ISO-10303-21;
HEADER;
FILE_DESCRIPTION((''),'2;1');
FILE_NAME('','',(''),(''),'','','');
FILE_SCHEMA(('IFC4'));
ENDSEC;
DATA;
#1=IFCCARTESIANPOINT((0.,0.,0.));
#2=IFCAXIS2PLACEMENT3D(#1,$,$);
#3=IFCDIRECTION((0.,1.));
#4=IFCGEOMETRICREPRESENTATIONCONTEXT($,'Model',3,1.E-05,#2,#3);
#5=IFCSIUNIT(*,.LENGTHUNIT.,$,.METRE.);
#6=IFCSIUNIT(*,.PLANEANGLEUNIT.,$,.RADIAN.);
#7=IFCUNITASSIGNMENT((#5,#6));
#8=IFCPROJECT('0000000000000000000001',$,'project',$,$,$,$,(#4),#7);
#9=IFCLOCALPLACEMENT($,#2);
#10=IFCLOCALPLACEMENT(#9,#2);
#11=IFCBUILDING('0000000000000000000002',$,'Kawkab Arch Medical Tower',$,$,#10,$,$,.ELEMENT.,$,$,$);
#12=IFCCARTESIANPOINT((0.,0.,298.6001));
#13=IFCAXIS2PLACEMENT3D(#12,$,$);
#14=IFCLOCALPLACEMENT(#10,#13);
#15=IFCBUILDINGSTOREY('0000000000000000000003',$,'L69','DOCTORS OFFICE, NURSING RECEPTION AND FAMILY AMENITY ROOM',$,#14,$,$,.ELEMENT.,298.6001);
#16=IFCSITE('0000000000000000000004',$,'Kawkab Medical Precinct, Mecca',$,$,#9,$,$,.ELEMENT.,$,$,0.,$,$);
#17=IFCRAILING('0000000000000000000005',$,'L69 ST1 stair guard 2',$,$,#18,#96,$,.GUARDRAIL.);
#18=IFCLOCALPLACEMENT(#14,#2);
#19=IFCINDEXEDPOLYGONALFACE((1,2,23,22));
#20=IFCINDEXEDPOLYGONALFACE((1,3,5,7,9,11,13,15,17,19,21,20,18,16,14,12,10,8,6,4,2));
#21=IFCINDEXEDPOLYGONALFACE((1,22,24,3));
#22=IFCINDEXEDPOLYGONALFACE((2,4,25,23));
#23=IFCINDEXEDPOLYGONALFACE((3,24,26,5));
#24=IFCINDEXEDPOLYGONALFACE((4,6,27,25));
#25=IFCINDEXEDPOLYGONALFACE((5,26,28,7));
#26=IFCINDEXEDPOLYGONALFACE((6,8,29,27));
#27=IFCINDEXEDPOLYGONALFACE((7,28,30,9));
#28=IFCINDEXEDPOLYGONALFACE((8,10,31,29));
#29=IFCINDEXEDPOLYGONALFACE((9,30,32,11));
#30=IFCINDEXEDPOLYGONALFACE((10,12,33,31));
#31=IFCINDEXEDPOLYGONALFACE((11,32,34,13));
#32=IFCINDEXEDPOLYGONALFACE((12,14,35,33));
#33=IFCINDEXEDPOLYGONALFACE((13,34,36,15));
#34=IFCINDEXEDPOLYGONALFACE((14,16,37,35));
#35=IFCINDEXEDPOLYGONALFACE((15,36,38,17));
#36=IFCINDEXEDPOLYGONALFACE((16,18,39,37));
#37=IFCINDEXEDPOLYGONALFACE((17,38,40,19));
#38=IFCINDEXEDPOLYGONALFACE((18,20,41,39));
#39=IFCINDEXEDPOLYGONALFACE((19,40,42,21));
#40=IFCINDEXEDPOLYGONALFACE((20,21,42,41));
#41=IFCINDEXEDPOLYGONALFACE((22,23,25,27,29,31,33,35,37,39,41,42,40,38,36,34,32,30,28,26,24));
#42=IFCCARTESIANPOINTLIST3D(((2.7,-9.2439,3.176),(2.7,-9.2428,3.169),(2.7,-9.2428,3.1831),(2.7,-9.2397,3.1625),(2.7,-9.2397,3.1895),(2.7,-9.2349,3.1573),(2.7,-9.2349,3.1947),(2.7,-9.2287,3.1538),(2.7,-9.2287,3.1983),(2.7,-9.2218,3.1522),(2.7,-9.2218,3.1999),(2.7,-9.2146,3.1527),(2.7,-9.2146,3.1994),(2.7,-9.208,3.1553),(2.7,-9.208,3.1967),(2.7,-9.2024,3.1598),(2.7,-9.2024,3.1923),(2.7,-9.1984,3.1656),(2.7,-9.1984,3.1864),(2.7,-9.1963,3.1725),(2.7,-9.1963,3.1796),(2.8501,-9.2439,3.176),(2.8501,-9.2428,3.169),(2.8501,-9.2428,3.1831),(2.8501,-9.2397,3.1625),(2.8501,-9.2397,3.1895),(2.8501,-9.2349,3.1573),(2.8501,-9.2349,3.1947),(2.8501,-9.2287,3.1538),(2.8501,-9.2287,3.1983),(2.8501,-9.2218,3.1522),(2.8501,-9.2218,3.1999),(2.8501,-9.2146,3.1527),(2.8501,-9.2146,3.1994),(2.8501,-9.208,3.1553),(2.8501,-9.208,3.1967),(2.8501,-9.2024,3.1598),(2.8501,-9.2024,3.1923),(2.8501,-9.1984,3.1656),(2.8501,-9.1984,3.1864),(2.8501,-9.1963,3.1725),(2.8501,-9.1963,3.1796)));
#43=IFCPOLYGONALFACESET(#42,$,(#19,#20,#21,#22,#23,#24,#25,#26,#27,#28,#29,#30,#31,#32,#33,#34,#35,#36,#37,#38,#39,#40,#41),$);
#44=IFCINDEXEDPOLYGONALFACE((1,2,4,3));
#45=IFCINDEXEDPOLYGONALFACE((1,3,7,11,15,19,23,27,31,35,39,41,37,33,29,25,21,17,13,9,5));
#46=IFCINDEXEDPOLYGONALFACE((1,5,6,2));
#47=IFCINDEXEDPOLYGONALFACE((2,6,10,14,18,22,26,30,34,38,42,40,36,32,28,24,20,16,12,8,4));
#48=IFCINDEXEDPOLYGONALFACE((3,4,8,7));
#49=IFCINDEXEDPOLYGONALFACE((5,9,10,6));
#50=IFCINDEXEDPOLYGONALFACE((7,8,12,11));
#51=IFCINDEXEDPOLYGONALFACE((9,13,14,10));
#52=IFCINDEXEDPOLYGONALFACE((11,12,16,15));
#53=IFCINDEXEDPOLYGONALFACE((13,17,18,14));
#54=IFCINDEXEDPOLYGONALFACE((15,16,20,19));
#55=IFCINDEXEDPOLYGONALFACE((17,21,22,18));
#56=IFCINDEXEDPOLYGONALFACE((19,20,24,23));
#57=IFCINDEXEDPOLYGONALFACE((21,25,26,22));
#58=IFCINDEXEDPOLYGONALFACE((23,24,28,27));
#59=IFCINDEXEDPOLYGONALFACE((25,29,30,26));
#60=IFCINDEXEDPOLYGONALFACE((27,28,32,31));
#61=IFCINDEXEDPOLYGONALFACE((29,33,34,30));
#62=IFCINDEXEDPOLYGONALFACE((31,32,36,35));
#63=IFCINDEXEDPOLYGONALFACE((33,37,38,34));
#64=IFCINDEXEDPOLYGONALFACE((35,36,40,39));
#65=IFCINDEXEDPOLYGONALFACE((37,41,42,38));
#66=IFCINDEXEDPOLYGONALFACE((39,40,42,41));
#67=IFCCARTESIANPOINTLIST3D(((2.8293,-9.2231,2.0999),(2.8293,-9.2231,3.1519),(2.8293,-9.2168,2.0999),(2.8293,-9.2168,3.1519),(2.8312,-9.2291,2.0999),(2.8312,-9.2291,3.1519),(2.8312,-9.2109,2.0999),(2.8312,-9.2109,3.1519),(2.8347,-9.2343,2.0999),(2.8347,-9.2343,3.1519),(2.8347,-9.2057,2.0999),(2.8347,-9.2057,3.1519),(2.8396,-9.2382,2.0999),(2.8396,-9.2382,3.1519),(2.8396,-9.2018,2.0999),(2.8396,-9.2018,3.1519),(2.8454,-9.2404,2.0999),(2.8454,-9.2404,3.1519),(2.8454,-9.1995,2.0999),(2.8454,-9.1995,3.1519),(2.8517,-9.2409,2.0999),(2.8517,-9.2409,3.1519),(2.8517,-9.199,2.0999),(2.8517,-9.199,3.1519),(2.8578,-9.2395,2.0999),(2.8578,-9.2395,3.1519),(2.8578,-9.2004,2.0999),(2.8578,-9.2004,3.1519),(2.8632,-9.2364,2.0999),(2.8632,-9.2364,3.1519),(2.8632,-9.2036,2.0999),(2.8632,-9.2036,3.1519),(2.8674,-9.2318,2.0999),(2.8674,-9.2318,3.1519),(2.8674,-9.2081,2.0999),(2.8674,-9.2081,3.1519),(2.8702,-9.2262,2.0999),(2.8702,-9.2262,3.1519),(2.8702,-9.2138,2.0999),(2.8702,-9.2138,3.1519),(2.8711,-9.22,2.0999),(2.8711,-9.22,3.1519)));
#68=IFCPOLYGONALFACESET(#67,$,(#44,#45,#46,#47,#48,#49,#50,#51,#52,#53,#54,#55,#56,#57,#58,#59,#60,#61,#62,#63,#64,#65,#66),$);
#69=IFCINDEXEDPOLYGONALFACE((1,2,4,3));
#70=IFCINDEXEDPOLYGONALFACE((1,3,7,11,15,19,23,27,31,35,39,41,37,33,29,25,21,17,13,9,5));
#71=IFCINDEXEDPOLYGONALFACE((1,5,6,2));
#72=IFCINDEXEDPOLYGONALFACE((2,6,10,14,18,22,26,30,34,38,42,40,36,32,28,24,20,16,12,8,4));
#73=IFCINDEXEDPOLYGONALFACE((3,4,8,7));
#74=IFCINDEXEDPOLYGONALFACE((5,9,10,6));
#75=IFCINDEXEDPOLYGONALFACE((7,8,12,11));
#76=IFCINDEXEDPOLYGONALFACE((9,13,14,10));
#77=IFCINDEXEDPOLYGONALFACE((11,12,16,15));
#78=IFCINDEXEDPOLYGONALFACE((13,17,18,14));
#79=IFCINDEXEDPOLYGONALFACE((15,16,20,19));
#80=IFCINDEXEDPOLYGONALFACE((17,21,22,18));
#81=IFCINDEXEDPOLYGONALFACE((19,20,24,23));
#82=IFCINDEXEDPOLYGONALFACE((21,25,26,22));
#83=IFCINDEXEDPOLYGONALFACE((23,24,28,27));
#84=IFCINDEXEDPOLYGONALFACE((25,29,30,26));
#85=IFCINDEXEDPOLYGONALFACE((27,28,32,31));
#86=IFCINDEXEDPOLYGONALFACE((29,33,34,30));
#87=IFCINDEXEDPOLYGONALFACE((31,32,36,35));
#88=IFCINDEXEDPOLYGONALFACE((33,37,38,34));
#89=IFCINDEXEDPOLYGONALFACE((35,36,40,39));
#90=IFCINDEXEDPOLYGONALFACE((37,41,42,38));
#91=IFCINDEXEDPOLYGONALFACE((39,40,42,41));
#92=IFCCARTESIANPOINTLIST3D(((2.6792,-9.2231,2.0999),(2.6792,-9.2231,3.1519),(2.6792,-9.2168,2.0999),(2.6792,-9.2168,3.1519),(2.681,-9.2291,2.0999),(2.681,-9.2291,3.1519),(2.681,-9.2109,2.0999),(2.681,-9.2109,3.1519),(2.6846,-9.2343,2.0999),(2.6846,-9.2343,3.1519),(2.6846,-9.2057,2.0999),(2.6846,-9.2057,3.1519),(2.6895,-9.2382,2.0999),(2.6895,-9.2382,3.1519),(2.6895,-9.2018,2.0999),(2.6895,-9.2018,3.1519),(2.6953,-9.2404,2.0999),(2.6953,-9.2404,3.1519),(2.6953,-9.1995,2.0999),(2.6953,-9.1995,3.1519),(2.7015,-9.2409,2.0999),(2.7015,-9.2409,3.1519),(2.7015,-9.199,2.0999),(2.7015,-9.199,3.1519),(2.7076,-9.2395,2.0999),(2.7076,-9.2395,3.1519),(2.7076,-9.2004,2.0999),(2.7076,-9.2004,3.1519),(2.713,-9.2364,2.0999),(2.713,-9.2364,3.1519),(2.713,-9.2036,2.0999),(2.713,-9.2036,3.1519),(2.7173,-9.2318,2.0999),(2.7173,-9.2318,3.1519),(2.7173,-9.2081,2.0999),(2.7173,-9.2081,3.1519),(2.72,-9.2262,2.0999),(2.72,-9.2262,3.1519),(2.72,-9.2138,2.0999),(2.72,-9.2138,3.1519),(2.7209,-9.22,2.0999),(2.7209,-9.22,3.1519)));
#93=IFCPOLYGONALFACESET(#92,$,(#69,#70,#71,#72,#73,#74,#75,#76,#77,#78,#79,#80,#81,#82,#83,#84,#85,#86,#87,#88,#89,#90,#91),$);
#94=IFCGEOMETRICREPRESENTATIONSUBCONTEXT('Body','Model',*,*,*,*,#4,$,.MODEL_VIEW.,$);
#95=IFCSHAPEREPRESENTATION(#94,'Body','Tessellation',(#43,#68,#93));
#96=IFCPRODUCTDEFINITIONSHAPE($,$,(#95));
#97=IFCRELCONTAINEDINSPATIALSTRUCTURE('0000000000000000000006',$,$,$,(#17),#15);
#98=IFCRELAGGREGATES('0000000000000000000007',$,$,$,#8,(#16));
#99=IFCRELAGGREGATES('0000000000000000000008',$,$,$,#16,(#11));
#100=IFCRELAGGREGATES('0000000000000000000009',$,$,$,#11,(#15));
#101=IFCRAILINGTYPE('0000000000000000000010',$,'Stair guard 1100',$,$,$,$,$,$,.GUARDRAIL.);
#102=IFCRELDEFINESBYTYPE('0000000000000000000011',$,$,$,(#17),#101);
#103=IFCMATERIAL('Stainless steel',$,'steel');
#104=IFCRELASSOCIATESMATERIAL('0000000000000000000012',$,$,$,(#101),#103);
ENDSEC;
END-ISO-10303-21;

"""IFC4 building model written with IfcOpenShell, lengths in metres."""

from ifc_helpers import new_model, si_unit, direction, frame, origin, origin_2d, place, context, subcontext, project, spatial, circle, extrude, material, type_object, element, save


model = new_model("IFC4")

# Units and contexts
model_context = context("Model", 3, precision=1e-05, world=origin(), true_north=direction((0.0, 1.0)))
body_context = subcontext(model_context, "Body", "Model", "MODEL_VIEW")
ifc_project = project(units=[si_unit("LENGTHUNIT", "METRE"), si_unit("PLANEANGLEUNIT", "RADIAN")], contexts=[model_context])

# Site, building, storey
site_placement = place(None, origin())
site = spatial("IfcSite", under=ifc_project, at=site_placement, Name="Kawkab Medical Precinct, Mecca", CompositionType="ELEMENT", RefElevation=0.0)
building_placement = place(site_placement, origin())
building = spatial("IfcBuilding", under=site, at=building_placement, Name="Kawkab Arch Medical Tower", CompositionType="ELEMENT")
storey_placement = place(building_placement, frame((0.0, 0.0, 298.6001)))
storey = spatial("IfcBuildingStorey", under=building, at=storey_placement, Name="L69", Description="DOCTORS OFFICE, NURSING RECEPTION AND FAMILY AMENITY ROOM", CompositionType="ELEMENT", Elevation=298.6001)

# Railing
ifc_material_1 = material(Name="Stainless steel", Category="steel")
railing_type = type_object("IfcRailingType", Name="Stair guard 1100", PredefinedType="GUARDRAIL", material=ifc_material_1)
railing_1_placement = place(storey_placement, frame((2.8501, -9.22, 2.0999)))
element("IfcRailing", 1, at=railing_1_placement, inside=storey, type_object=railing_type, Name="L69 ST1 stair guard 2", PredefinedType="GUARDRAIL", context=body_context, shape_type="SweptSolid", body=[
    extrude(circle(Radius=0.0239, at=origin_2d()), frame((0.0, 0.0, 1.0762), z_axis=(-1.0, 0.0, 0.0), x_axis=(0.0, -1.0, 0.0)), (0.0, 0.0, 1.0), 0.1501),
    extrude(circle(Radius=0.021, at=origin_2d()), origin(), (0.0, 0.0, 1.0), 1.052),
    extrude(circle(Radius=0.021, at=origin_2d()), frame((-0.1501, 0.0, 0.0)), (0.0, 0.0, 1.0), 1.052),
])

save(model, "model.ifc")
